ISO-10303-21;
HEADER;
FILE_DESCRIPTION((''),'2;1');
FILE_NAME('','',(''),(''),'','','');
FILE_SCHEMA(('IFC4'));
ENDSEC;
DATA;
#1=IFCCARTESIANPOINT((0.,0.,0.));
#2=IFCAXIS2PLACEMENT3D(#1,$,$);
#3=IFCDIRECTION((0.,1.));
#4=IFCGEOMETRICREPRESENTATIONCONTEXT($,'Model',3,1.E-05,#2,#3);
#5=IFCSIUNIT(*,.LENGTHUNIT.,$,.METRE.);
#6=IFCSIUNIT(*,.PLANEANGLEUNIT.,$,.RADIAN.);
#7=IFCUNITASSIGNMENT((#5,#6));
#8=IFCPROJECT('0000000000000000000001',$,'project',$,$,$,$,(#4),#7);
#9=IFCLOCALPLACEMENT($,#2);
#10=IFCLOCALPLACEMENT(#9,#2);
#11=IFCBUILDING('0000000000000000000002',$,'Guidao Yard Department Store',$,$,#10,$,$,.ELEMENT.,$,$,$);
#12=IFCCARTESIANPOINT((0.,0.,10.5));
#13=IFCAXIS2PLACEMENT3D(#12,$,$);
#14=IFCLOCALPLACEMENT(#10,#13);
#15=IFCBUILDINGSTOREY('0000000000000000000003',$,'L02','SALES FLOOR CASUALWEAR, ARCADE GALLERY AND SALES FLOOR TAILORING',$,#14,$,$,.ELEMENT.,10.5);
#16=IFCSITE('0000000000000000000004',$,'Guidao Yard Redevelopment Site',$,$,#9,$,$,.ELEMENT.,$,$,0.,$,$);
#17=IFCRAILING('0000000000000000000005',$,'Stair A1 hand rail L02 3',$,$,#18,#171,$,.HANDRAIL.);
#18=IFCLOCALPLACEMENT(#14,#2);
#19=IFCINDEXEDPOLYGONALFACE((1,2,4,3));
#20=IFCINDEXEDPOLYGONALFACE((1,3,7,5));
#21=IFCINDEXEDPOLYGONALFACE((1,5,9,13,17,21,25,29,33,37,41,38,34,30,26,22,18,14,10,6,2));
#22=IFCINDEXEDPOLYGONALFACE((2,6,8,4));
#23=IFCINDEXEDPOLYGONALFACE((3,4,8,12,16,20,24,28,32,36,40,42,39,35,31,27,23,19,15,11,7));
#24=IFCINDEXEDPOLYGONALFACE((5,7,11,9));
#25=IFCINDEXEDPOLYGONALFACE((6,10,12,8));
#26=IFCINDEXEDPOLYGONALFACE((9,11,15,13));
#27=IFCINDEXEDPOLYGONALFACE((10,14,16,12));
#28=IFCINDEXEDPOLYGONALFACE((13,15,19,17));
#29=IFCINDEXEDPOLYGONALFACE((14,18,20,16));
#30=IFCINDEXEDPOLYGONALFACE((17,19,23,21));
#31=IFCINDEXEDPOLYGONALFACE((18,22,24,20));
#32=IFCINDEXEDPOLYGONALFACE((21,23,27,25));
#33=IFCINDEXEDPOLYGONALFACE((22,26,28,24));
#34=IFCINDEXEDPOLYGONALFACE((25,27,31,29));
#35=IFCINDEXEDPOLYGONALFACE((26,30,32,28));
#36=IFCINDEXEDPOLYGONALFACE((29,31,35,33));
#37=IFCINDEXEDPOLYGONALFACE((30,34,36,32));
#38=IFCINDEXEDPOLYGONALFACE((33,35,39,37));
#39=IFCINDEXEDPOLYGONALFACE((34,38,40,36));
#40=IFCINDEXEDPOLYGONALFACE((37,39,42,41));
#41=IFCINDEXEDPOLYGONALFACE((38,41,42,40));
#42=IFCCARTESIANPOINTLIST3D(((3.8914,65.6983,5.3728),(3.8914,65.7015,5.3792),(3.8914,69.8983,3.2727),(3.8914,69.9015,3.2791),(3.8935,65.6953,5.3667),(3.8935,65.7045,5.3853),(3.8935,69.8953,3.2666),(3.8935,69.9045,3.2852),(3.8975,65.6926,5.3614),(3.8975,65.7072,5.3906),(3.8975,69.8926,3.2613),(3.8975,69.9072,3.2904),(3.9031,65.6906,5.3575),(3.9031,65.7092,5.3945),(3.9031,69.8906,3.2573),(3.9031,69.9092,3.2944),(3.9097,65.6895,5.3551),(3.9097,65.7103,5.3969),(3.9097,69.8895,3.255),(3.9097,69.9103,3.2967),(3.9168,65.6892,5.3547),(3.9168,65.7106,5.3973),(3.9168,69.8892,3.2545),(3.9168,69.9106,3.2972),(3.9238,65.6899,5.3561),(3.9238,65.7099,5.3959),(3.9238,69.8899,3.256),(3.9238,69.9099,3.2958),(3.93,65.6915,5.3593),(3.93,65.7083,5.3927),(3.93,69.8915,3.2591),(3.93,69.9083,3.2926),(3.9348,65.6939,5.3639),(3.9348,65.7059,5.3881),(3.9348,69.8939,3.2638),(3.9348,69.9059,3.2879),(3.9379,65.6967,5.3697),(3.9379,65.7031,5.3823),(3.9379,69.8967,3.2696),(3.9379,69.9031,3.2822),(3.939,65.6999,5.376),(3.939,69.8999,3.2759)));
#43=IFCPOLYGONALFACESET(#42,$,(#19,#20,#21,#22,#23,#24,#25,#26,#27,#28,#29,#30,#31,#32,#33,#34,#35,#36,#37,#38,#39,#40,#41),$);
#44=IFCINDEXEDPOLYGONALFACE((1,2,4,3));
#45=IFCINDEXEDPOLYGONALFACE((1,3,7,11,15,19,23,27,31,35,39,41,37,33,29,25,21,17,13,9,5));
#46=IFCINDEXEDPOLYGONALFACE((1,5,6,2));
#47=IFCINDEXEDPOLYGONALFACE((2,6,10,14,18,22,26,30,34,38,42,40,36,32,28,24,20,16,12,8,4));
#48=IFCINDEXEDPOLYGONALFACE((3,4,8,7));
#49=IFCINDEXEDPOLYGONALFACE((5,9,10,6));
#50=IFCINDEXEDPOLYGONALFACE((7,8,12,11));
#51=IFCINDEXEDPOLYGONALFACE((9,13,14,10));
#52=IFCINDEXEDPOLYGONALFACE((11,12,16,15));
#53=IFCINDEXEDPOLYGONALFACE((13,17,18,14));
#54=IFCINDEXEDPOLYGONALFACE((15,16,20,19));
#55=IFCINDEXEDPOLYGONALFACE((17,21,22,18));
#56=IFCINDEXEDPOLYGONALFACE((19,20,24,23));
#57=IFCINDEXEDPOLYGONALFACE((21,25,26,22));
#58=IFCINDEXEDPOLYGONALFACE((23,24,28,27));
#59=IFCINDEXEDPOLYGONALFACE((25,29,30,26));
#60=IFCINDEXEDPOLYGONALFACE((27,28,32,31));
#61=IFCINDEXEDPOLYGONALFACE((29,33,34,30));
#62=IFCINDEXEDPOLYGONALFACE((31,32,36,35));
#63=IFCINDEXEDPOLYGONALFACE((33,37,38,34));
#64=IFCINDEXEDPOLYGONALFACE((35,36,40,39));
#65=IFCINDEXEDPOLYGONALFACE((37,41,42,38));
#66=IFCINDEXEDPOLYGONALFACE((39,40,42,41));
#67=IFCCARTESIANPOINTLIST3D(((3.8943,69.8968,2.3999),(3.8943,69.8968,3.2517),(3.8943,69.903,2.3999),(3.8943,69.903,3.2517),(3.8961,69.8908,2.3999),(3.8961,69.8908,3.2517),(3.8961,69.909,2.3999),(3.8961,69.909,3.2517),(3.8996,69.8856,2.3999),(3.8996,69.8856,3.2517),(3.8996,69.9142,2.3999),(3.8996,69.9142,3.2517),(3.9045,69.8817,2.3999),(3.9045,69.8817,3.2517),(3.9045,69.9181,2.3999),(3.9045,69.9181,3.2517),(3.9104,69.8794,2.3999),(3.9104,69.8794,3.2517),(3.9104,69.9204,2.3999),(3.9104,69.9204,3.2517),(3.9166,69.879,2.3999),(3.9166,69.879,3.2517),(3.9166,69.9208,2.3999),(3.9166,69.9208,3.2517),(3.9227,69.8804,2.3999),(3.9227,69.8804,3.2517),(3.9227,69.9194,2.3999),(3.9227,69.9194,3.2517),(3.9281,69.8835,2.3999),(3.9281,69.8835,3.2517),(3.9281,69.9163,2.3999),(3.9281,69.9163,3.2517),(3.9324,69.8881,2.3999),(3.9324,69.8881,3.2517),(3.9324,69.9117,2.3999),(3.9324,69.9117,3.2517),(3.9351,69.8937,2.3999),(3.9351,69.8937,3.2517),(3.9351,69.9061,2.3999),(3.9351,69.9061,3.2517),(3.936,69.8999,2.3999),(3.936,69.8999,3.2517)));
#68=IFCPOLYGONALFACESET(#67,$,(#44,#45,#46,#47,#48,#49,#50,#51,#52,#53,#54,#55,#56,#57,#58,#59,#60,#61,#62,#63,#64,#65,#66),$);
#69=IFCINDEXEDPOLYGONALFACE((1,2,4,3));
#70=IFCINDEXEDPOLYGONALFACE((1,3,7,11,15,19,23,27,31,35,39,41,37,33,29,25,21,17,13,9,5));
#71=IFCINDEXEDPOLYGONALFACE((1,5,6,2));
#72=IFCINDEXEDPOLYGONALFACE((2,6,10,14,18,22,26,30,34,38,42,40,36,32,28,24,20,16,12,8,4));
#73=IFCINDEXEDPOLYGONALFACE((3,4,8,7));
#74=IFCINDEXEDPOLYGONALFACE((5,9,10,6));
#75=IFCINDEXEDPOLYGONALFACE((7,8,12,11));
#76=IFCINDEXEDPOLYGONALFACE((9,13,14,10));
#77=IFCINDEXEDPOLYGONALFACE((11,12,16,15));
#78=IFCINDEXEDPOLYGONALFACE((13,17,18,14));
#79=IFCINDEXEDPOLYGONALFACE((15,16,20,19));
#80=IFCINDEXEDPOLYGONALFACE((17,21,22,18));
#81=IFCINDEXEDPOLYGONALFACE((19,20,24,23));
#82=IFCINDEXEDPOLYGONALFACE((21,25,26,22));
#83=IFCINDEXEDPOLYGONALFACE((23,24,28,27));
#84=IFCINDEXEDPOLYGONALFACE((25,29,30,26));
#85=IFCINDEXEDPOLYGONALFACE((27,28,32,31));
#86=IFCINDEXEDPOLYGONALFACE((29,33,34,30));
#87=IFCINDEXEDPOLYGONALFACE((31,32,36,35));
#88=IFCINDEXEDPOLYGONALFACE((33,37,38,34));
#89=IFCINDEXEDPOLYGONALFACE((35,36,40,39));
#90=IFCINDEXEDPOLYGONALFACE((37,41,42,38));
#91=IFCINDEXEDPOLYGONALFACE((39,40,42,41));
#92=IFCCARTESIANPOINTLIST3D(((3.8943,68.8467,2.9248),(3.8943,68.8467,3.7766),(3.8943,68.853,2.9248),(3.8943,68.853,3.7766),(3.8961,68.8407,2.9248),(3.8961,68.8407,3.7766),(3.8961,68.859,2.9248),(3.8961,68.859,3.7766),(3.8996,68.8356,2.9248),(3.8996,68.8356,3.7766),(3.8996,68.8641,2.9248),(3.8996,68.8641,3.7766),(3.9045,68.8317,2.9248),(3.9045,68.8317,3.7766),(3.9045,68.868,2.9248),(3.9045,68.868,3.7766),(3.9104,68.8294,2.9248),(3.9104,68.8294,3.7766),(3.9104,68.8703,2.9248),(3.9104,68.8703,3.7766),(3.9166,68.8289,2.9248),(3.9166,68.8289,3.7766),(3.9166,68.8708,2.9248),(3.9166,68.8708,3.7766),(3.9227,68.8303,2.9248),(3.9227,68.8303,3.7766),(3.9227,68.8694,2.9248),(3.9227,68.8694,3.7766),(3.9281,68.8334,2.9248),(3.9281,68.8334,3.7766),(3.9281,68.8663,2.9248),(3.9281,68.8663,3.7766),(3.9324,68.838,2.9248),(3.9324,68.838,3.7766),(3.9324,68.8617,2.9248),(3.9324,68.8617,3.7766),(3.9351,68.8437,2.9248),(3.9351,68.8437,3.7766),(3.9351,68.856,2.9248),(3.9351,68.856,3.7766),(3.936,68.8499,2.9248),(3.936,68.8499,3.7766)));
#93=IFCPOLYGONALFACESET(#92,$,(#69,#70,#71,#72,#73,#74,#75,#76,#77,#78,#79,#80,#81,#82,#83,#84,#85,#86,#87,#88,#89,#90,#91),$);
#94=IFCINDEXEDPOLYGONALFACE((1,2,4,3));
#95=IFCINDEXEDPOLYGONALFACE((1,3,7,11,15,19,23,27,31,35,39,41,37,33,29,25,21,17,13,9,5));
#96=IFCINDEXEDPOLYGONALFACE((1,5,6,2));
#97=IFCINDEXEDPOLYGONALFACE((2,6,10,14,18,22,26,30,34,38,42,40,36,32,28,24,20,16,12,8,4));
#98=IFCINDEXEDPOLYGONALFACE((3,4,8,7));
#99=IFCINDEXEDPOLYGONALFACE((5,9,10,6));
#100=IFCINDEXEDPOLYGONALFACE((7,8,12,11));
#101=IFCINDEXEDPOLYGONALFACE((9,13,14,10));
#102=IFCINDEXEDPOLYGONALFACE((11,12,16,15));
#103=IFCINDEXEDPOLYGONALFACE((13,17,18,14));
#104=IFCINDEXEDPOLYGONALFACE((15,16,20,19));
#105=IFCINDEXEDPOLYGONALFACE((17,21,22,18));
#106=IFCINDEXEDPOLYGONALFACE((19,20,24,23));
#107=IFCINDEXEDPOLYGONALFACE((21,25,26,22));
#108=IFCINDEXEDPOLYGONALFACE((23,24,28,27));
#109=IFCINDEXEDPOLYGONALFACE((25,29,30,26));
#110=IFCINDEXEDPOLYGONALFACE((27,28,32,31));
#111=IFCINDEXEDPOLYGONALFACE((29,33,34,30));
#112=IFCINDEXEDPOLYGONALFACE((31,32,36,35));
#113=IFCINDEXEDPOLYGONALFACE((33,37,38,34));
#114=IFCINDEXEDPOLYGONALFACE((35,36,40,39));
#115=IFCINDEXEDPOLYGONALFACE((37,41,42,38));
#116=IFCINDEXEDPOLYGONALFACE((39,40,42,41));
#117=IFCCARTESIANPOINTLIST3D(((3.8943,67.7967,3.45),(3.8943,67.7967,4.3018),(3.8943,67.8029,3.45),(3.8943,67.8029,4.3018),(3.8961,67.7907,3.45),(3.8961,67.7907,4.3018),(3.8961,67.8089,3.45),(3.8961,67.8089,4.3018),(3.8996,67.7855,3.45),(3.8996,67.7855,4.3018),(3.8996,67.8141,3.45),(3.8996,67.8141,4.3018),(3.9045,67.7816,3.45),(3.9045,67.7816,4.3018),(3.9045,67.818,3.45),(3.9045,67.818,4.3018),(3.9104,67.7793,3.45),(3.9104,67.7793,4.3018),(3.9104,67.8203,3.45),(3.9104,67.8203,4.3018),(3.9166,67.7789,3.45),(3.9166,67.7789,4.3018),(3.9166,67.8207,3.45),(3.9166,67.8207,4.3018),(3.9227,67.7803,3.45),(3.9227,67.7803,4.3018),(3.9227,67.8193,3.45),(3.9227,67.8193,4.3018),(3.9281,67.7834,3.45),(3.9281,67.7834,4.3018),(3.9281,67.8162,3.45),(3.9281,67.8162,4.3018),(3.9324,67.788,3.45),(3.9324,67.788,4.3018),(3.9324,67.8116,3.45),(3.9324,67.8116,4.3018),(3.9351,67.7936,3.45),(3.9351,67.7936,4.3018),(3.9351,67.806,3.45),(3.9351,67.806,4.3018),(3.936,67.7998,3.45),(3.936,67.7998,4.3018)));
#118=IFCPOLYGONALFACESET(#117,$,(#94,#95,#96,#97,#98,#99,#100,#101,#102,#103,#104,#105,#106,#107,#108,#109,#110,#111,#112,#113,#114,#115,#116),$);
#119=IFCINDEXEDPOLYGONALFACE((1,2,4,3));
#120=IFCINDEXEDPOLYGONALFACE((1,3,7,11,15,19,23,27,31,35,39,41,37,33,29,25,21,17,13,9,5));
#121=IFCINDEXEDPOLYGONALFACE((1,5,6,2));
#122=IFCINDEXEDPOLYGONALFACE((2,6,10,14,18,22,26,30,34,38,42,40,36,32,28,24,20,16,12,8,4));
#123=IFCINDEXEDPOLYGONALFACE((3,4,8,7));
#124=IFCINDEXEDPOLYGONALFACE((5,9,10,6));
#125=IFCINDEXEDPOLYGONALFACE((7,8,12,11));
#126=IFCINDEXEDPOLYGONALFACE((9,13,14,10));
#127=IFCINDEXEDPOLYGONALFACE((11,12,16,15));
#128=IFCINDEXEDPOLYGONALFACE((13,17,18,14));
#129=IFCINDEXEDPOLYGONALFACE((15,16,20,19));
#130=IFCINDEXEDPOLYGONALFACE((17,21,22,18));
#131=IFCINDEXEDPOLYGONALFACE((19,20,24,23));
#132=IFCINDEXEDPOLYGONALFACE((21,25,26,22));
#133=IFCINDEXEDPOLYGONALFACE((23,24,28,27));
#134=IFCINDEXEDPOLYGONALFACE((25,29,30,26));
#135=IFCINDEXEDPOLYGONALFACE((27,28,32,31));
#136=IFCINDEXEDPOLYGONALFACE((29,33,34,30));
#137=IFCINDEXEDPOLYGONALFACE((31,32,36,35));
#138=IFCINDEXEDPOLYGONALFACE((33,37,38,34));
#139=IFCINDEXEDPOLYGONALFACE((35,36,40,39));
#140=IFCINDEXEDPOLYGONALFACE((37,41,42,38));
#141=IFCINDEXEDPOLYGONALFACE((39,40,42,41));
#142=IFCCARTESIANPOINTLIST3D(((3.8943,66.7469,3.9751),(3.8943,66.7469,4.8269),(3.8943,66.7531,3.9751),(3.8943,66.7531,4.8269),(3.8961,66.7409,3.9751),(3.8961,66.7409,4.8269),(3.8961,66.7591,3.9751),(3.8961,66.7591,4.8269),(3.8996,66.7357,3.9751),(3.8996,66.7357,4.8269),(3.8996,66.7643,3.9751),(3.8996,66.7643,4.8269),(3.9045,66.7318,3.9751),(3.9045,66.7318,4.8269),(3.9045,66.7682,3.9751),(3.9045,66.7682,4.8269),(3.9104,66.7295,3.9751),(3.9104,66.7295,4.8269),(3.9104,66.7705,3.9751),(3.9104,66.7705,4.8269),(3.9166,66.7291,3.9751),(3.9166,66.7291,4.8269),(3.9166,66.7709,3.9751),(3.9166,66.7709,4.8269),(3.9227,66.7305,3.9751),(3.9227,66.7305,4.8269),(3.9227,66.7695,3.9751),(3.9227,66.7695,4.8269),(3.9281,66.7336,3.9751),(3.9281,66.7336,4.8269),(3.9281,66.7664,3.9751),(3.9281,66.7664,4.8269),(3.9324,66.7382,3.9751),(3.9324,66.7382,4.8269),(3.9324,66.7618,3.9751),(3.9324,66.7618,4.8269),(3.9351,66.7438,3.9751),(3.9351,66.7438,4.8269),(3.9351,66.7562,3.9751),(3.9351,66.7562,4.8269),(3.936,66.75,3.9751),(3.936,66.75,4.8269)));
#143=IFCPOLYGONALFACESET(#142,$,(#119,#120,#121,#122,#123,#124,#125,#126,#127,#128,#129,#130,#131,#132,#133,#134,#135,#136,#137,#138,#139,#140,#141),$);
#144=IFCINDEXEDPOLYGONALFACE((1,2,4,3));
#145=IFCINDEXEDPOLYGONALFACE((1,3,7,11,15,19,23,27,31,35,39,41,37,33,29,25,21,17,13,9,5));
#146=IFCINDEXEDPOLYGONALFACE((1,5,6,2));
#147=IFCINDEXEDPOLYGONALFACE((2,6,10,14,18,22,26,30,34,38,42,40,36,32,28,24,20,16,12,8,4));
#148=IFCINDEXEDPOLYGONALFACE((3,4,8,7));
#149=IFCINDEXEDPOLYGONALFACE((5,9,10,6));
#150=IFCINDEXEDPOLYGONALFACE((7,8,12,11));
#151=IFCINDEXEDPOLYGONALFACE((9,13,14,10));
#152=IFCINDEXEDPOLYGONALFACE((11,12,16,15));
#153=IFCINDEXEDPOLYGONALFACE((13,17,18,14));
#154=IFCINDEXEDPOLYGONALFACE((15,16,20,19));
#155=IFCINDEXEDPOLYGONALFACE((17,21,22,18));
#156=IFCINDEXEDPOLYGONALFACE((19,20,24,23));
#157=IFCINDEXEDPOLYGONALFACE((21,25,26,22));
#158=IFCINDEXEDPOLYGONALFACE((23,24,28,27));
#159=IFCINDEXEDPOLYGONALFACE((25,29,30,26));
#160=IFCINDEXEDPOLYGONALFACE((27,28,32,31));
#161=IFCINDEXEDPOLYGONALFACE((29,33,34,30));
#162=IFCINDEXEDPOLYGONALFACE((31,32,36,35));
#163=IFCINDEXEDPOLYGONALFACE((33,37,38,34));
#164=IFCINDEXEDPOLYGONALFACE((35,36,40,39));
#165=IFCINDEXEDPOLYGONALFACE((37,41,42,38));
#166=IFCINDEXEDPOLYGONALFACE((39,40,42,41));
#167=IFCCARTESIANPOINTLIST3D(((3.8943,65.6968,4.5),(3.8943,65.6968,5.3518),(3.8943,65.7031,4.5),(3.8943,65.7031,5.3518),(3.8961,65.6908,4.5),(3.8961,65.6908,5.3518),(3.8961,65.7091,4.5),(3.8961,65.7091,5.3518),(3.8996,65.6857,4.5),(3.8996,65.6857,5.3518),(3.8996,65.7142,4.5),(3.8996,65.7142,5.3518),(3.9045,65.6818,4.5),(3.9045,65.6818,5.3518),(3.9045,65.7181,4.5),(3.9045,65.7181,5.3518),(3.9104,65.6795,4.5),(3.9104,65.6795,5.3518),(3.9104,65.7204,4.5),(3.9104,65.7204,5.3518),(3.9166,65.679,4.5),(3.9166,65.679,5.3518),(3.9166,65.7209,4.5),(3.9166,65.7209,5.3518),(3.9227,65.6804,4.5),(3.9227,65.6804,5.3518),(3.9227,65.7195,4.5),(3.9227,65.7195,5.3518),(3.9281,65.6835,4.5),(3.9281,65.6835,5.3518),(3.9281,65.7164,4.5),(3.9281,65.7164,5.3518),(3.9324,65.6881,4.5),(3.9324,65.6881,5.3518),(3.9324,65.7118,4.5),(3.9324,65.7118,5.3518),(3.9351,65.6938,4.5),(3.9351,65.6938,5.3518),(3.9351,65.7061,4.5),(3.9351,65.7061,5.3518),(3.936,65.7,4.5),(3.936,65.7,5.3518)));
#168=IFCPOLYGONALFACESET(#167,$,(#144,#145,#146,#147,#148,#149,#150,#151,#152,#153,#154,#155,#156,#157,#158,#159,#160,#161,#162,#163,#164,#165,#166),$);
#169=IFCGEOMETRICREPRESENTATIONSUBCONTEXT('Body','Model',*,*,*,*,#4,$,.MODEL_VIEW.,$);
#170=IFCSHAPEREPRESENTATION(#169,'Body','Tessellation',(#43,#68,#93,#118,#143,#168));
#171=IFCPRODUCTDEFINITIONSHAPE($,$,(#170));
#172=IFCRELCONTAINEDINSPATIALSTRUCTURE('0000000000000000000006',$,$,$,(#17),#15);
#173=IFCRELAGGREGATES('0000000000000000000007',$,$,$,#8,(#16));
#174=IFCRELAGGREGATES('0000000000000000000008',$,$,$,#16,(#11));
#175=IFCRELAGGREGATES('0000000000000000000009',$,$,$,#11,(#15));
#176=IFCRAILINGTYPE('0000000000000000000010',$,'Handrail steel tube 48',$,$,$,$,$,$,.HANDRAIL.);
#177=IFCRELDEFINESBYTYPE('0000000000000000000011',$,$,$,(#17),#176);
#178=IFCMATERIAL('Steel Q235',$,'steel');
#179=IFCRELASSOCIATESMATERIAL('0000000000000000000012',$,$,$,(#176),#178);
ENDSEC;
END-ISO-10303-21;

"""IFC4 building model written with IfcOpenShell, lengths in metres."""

from ifc_helpers import new_model, si_unit, direction, frame, origin, origin_2d, place, context, subcontext, project, spatial, circle, extrude, material, type_object, element, save


model = new_model("IFC4")

# Units and contexts
model_context = context("Model", 3, precision=1e-05, world=origin(), true_north=direction((0.0, 1.0)))
body_context = subcontext(model_context, "Body", "Model", "MODEL_VIEW")
ifc_project = project(units=[si_unit("LENGTHUNIT", "METRE"), si_unit("PLANEANGLEUNIT", "RADIAN")], contexts=[model_context])

# Site, building, storey
site_placement = place(None, origin())
site = spatial("IfcSite", under=ifc_project, at=site_placement, Name="Guidao Yard Redevelopment Site", CompositionType="ELEMENT", RefElevation=0.0)
building_placement = place(site_placement, origin())
building = spatial("IfcBuilding", under=site, at=building_placement, Name="Guidao Yard Department Store", CompositionType="ELEMENT")
storey_placement = place(building_placement, frame((0.0, 0.0, 10.5)))
storey = spatial("IfcBuildingStorey", under=building, at=storey_placement, Name="L02", Description="SALES FLOOR CASUALWEAR, ARCADE GALLERY AND SALES FLOOR TAILORING", CompositionType="ELEMENT", Elevation=10.5)

# Railing
ifc_material_1 = material(Name="Steel Q235", Category="steel")
railing_type_1 = type_object("IfcRailingType", Name="Handrail steel tube 48", PredefinedType="HANDRAIL", material=ifc_material_1)
for number, where, name in (
    (1, (3.915, 69.8999, 2.3999), "Stair A1 hand rail L02 3"),
):
    element("IfcRailing", number, at=place(storey_placement, frame(where)), inside=storey, type_object=railing_type_1, Name=name, PredefinedType="HANDRAIL", context=body_context, shape_type="SweptSolid", body=[
        extrude(circle(Radius=0.0239, at=origin_2d()), frame((0.0, 0.0, 0.876), z_axis=(0.0, -0.894417, 0.447234), x_axis=(1.0, 0.0, 0.0)), (0.0, 0.0, 1.0), 4.6958),
        extrude(circle(Radius=0.021, at=origin_2d()), origin(), (0.0, 0.0, 1.0), 0.8518),
        extrude(circle(Radius=0.021, at=origin_2d()), frame((0.0, -1.05, 0.5249)), (0.0, 0.0, 1.0), 0.8518),
        extrude(circle(Radius=0.021, at=origin_2d()), frame((0.0, -2.1001, 1.05)), (0.0, 0.0, 1.0), 0.8518),
        extrude(circle(Radius=0.021, at=origin_2d()), frame((0.0, -3.1499, 1.5752)), (0.0, 0.0, 1.0), 0.8518),
        extrude(circle(Radius=0.021, at=origin_2d()), frame((0.0, -4.2, 2.1001)), (0.0, 0.0, 1.0), 0.8518),
    ])

save(model, "model.ifc")
